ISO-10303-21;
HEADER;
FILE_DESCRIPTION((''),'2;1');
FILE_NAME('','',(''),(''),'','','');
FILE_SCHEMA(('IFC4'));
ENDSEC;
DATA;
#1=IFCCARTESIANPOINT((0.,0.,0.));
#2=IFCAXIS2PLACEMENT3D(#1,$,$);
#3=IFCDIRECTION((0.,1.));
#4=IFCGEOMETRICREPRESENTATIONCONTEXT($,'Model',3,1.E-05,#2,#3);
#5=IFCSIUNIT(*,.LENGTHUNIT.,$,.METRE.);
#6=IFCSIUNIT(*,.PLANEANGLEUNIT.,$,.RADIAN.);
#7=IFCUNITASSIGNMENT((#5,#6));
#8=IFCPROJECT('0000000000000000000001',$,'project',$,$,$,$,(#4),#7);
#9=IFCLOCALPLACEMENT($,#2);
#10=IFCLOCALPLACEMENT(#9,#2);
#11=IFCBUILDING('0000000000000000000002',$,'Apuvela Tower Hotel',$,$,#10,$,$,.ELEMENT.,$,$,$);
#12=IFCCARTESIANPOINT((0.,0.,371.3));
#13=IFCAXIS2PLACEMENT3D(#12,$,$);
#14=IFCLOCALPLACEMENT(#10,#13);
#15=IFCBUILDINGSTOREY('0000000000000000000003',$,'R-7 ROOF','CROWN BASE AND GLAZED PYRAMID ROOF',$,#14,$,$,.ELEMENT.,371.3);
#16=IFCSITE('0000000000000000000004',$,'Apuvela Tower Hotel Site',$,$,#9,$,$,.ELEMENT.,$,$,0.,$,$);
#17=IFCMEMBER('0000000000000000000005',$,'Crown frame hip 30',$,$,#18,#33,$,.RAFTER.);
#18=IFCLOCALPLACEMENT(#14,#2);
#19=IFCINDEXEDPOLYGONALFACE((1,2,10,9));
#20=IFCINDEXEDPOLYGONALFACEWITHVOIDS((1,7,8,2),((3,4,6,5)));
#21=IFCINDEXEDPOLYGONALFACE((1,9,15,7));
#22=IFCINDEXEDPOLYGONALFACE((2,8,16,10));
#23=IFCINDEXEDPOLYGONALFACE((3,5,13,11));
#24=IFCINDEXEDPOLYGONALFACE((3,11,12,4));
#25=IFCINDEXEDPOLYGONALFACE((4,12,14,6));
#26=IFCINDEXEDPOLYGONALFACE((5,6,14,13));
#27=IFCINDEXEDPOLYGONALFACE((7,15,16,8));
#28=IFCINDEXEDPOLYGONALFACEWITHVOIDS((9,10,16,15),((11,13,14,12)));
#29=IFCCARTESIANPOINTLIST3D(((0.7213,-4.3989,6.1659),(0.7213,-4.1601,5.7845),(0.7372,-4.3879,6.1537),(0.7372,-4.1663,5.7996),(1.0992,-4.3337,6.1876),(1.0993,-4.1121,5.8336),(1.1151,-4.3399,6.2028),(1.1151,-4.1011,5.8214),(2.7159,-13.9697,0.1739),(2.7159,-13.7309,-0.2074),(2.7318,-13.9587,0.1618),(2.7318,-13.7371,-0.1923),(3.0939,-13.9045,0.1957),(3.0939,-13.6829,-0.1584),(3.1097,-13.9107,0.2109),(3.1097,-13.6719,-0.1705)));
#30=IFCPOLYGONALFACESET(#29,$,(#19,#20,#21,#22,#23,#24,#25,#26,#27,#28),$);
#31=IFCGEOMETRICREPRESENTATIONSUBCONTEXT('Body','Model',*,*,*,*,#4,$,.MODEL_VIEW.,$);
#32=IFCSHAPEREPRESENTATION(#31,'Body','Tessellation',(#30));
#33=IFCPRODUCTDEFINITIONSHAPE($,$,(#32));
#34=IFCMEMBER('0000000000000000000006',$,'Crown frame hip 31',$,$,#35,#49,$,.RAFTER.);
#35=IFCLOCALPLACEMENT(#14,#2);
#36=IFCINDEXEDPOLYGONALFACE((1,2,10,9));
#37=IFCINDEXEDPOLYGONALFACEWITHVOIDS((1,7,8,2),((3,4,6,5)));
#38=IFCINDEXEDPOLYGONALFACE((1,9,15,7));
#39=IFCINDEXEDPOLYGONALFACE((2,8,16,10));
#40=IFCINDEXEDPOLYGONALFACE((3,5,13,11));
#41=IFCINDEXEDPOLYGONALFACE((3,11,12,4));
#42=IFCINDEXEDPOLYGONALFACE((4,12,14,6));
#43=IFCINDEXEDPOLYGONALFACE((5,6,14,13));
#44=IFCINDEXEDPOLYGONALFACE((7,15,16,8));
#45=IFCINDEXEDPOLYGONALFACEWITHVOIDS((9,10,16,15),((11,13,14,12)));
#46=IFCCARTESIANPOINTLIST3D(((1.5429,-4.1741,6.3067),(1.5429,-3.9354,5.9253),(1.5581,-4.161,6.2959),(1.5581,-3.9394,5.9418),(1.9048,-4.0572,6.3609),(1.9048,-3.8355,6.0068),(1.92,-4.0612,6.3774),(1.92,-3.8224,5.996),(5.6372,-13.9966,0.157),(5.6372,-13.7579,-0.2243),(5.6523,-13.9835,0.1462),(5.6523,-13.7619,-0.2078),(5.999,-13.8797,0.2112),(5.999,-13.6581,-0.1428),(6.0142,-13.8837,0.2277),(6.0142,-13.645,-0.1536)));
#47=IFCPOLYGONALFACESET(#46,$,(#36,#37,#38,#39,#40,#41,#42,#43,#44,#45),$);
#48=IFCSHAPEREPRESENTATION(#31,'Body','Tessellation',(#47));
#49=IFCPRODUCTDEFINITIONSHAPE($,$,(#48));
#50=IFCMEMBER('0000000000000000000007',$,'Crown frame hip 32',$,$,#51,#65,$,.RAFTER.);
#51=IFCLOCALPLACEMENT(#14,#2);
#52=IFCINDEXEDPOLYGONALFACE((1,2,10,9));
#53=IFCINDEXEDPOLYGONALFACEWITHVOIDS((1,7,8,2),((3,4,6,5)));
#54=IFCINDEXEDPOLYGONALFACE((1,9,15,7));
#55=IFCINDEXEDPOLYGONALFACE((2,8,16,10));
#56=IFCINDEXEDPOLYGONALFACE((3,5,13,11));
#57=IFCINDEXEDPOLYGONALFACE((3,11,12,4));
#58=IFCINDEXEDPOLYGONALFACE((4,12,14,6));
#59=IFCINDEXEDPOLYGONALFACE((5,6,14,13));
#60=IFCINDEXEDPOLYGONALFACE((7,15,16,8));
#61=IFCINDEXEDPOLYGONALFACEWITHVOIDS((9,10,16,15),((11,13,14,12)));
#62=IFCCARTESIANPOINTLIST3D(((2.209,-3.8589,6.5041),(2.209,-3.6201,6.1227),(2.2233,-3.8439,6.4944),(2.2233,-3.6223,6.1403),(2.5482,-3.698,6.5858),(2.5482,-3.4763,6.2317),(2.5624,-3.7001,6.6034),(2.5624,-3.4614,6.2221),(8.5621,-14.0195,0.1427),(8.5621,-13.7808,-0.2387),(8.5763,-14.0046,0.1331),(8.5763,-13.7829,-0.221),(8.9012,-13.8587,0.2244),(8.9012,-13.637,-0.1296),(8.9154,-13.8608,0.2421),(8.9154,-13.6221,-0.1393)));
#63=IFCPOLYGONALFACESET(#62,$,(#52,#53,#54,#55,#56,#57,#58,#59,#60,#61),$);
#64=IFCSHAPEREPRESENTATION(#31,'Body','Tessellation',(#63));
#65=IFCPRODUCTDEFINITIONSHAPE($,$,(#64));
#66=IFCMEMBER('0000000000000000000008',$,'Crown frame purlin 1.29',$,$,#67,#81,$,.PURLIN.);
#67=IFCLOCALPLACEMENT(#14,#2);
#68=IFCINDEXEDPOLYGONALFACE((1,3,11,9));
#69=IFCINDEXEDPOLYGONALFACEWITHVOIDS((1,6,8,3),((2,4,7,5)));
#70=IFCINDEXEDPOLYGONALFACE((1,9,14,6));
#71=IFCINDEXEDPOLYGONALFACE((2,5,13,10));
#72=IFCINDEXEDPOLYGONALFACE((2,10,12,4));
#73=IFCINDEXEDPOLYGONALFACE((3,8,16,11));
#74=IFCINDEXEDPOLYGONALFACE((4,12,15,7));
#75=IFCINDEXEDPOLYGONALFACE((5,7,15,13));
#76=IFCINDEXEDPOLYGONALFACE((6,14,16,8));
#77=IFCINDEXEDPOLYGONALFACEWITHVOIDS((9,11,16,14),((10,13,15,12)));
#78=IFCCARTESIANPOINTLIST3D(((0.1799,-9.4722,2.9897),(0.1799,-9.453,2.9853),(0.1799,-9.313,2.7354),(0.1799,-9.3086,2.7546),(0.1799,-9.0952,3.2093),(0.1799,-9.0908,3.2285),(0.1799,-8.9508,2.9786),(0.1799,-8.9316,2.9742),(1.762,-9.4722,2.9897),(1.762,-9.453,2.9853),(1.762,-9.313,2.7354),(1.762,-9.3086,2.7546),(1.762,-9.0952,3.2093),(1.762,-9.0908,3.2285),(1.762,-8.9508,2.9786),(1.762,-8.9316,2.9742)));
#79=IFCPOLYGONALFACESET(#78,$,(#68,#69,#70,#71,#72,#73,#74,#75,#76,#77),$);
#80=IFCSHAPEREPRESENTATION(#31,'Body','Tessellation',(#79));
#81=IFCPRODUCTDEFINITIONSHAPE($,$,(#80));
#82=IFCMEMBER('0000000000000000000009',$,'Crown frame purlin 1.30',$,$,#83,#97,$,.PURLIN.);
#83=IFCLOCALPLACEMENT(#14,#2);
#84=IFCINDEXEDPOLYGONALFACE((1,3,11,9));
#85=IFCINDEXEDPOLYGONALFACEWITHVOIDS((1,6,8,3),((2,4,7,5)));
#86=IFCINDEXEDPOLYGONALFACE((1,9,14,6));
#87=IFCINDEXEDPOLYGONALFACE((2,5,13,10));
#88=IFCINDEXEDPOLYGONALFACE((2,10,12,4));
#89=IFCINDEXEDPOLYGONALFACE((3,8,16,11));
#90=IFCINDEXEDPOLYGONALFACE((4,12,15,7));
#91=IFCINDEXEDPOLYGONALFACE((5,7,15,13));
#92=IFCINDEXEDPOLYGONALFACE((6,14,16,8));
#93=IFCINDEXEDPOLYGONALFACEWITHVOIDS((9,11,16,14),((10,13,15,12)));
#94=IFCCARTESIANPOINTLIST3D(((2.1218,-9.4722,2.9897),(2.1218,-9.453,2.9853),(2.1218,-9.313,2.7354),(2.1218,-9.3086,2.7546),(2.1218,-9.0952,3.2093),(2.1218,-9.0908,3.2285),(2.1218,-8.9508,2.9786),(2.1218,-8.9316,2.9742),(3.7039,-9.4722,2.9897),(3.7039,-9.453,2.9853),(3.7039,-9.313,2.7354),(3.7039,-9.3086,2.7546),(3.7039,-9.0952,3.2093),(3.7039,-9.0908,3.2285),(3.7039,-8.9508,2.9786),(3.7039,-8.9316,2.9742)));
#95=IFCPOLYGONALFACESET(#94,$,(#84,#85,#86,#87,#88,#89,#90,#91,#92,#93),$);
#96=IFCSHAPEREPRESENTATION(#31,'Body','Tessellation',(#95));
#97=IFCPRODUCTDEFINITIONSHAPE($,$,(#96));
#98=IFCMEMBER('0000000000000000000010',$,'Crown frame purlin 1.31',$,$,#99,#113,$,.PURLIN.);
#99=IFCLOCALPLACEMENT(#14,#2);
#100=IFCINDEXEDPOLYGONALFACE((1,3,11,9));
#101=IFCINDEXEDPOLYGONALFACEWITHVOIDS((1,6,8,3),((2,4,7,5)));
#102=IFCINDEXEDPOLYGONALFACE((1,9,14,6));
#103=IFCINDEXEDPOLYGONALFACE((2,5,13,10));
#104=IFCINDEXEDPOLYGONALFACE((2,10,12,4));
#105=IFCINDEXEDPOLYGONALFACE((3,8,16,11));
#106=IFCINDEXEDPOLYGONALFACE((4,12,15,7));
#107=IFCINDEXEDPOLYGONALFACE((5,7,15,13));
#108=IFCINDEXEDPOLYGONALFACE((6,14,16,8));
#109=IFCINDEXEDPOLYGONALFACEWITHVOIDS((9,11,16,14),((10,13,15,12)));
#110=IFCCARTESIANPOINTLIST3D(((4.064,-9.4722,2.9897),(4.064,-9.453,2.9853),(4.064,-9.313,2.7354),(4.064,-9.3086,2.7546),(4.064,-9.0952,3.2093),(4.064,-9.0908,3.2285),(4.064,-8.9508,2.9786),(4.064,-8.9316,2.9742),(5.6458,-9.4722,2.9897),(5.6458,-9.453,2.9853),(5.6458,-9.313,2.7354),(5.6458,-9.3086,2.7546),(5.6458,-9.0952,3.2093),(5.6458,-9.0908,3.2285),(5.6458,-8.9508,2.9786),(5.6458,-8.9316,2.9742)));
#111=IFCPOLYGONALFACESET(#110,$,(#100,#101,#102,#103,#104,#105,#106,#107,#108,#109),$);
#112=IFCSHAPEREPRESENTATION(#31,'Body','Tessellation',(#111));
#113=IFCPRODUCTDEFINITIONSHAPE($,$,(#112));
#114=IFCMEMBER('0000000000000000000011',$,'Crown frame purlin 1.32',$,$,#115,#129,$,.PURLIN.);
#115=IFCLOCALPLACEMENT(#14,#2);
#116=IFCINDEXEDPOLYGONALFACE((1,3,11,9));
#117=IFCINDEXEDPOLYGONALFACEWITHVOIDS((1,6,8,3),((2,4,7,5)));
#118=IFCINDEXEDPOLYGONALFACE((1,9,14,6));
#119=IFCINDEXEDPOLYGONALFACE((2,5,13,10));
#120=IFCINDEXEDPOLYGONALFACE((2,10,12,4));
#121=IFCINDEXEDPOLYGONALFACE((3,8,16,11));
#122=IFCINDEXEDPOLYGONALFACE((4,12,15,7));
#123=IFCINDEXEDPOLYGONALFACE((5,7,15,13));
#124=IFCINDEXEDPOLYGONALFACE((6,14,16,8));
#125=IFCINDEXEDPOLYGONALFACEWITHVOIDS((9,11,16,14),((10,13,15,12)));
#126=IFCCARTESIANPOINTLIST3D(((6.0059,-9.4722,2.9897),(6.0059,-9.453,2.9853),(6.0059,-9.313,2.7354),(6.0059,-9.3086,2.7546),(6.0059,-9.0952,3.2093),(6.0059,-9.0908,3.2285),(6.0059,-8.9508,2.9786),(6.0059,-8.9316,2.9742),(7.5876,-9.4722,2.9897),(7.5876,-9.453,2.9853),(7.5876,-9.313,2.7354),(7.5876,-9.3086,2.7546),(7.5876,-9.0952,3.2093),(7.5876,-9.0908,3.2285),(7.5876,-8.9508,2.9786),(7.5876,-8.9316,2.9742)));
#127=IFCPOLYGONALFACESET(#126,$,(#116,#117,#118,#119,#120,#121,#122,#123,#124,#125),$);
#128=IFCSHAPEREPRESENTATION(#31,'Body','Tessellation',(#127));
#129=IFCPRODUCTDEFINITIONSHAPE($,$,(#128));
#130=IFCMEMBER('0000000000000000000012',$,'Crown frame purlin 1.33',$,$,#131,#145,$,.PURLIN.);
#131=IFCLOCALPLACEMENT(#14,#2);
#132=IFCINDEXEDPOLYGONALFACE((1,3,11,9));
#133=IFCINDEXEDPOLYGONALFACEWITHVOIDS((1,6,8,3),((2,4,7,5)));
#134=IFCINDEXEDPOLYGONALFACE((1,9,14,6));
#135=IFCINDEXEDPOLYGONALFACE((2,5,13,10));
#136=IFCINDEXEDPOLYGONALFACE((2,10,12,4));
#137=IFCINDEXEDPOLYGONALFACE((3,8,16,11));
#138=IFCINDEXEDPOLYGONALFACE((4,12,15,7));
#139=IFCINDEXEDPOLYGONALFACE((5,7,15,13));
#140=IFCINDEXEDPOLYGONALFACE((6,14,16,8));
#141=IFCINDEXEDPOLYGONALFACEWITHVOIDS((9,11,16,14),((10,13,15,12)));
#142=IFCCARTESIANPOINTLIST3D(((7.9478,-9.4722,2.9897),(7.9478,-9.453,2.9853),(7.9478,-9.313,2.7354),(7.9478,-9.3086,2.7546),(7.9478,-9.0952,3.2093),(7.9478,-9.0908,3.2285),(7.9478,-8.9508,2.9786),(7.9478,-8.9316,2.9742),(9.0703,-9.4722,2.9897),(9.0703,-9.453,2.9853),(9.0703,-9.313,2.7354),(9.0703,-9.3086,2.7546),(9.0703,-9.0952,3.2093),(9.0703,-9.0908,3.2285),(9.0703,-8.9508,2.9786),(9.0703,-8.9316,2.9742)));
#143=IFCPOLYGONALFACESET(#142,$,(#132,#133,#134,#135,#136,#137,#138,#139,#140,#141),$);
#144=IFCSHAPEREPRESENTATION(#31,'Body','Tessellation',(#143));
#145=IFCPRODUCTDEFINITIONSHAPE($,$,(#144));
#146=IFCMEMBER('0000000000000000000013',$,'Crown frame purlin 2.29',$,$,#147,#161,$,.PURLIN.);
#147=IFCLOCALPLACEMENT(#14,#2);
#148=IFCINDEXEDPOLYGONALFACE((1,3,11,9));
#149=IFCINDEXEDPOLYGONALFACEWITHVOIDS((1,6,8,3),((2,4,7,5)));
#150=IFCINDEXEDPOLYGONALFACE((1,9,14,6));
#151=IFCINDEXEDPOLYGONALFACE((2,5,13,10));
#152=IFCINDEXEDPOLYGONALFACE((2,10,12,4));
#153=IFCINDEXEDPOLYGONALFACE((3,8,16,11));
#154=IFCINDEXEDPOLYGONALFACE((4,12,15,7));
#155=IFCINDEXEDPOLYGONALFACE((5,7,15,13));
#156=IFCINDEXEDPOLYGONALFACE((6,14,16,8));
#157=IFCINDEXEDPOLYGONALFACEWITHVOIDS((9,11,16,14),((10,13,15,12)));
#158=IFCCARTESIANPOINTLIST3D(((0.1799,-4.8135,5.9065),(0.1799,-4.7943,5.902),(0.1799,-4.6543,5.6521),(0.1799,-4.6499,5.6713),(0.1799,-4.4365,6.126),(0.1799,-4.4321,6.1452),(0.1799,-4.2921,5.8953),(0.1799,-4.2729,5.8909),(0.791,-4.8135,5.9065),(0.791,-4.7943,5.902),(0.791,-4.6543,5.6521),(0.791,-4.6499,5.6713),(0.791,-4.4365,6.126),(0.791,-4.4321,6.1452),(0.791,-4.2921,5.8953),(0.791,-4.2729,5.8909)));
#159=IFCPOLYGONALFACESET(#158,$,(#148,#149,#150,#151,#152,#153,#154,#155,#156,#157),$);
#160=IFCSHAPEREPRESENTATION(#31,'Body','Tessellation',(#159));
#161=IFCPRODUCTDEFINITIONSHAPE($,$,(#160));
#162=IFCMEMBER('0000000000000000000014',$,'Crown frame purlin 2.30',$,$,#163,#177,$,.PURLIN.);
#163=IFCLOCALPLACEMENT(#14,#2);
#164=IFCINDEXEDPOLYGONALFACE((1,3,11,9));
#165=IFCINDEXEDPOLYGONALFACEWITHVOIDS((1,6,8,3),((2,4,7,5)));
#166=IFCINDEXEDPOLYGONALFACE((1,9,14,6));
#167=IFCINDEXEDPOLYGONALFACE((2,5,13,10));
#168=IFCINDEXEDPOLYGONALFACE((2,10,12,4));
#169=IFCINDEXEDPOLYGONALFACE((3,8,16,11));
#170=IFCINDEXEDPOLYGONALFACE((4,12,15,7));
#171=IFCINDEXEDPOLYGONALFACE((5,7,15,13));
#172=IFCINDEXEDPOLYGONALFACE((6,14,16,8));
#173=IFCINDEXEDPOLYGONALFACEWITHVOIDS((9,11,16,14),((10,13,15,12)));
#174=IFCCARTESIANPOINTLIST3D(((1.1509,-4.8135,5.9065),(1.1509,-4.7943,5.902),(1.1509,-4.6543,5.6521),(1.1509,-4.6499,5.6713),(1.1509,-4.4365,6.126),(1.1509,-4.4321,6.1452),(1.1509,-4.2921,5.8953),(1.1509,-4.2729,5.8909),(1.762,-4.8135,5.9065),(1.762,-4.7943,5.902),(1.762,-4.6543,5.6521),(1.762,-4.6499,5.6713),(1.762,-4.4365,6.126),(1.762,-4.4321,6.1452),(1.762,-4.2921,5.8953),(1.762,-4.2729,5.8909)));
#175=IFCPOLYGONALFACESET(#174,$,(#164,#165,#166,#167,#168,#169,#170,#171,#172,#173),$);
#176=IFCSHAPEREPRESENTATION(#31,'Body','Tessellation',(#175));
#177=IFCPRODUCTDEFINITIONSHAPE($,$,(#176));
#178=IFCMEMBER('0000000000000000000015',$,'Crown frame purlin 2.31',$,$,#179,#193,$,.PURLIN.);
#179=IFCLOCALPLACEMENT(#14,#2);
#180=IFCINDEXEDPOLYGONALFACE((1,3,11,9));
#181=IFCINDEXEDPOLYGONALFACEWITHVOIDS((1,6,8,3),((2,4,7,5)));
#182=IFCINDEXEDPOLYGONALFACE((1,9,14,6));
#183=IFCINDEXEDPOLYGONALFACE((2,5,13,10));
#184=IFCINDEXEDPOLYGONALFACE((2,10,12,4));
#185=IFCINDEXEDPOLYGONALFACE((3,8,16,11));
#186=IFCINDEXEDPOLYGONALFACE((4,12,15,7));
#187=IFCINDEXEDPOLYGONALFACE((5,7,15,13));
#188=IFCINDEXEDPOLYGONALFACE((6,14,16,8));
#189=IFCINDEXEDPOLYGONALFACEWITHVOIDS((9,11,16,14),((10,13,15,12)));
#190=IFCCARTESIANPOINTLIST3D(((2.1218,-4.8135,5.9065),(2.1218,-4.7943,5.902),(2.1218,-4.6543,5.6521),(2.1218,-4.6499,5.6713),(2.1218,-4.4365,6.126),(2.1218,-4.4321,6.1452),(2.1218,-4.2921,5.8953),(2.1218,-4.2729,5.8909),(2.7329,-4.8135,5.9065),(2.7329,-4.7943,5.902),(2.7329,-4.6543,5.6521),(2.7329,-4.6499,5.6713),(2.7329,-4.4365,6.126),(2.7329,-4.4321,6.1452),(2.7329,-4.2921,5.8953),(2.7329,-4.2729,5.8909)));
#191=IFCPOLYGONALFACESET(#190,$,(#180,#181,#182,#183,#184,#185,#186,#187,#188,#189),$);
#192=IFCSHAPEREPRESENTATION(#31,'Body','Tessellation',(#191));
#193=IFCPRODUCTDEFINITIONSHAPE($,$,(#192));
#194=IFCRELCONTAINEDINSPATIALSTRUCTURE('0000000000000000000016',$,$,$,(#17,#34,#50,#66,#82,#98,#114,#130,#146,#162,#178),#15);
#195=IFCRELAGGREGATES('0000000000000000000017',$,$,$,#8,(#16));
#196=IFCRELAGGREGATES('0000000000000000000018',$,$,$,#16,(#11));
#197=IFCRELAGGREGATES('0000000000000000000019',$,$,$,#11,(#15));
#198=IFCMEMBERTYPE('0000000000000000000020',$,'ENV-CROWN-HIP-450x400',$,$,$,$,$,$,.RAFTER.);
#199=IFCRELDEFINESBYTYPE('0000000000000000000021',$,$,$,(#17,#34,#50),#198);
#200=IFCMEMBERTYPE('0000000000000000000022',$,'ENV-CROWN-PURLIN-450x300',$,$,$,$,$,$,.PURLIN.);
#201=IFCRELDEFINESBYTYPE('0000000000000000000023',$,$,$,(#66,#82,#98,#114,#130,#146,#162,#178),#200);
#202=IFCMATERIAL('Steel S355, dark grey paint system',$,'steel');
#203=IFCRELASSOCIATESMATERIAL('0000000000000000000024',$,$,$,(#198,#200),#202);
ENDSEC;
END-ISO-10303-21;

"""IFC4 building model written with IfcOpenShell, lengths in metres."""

from ifc_helpers import new_model, si_unit, direction, frame, origin, origin_2d, place, context, subcontext, project, spatial, hollow_rectangle, extrude, material, material_profile, profile_set, type_object, element, save


model = new_model("IFC4")

# Units and contexts
model_context = context("Model", 3, precision=1e-05, world=origin(), true_north=direction((0.0, 1.0)))
body_context = subcontext(model_context, "Body", "Model", "MODEL_VIEW")
ifc_project = project(units=[si_unit("LENGTHUNIT", "METRE"), si_unit("PLANEANGLEUNIT", "RADIAN")], contexts=[model_context])

# Site, building, storey
site_placement = place(None, origin())
site = spatial("IfcSite", under=ifc_project, at=site_placement, Name="Apuvela Tower Hotel Site", CompositionType="ELEMENT", RefElevation=0.0)
building_placement = place(site_placement, origin())
building = spatial("IfcBuilding", under=site, at=building_placement, Name="Apuvela Tower Hotel", CompositionType="ELEMENT")
storey_placement = place(building_placement, frame((0.0, 0.0, 371.3)))
storey = spatial("IfcBuildingStorey", under=building, at=storey_placement, Name="R-7 ROOF", Description="CROWN BASE AND GLAZED PYRAMID ROOF", CompositionType="ELEMENT", Elevation=371.3)

# Members
ifc_material_1 = material(Name="Steel S355, dark grey paint system", Category="steel")
ifc_material_profile_1 = material_profile(ifc_material_1, hollow_rectangle(XDim=0.3999, YDim=0.45, WallThickness=0.0161, at=origin_2d()), Name="HSS 450x400x16")
ifc_profile_set_1 = profile_set([ifc_material_profile_1], Name="Steel S355, dark grey paint system")
member_type_1 = type_object("IfcMemberType", Name="ENV-CROWN-HIP-450x400", PredefinedType="RAFTER", material=ifc_profile_set_1)
member_1_placement = place(storey_placement, frame((2.9128, -13.8208, 0.0017), z_axis=(-0.173952, 0.83467, 0.522558), x_axis=(-0.984754, -0.147437, -0.092311)))
element("IfcMember", 1, at=member_1_placement, inside=storey, type_object=member_type_1, Name="Crown frame hip 30", PredefinedType="RAFTER", context=body_context, shape_type="SweptSolid", body=[
    extrude(hollow_rectangle(XDim=0.3999, YDim=0.45, WallThickness=0.0161, at=origin_2d()), origin(), (0.0, 0.0, 1.0), 11.4666),
])
member_2_placement = place(storey_placement, frame((5.8257, -13.8208, 0.0017), z_axis=(-0.333115, 0.799178, 0.500348), x_axis=(-0.942886, -0.282343, -0.176772)))
element("IfcMember", 2, at=member_2_placement, inside=storey, type_object=member_type_1, Name="Crown frame hip 31", PredefinedType="RAFTER", context=body_context, shape_type="SweptSolid", body=[
    extrude(hollow_rectangle(XDim=0.3999, YDim=0.45, WallThickness=0.0161, at=origin_2d()), origin(), (0.0, 0.0, 1.0), 12.2908),
])
member_3_placement = place(storey_placement, frame((8.7388, -13.8208, 0.0017), z_axis=(-0.468267, 0.748918, 0.468879), x_axis=(-0.883587, -0.3969, -0.248484)))
element("IfcMember", 3, at=member_3_placement, inside=storey, type_object=member_type_1, Name="Crown frame hip 32", PredefinedType="RAFTER", context=body_context, shape_type="SweptSolid", body=[
    extrude(hollow_rectangle(XDim=0.3999, YDim=0.45, WallThickness=0.0161, at=origin_2d()), origin(), (0.0, 0.0, 1.0), 13.5671),
])
ifc_material_profile_2 = material_profile(ifc_material_1, hollow_rectangle(XDim=0.45, YDim=0.3, WallThickness=0.0139, at=origin_2d()), Name="HSS 450x300x14")
ifc_profile_set_2 = profile_set([ifc_material_profile_2], Name="Steel S355, dark grey paint system")
member_type_2 = type_object("IfcMemberType", Name="ENV-CROWN-PURLIN-450x300", PredefinedType="PURLIN", material=ifc_profile_set_2)
for number, where, z_axis, x_axis, name in (
    (4, (0.1799, -9.2019, 2.9819), (1.0, 0.0, 0.0), (0.0, 0.847593, 0.530647), "Crown frame purlin 1.29"),
    (5, (2.1218, -9.2019, 2.9819), (1.0, 0.0, 0.0), (0.0, 0.847593, 0.530647), "Crown frame purlin 1.30"),
):
    element("IfcMember", number, at=place(storey_placement, frame(where, z_axis=z_axis, x_axis=x_axis)), inside=storey, type_object=member_type_2, Name=name, PredefinedType="PURLIN", context=body_context, shape_type="SweptSolid", body=[
        extrude(hollow_rectangle(XDim=0.45, YDim=0.3, WallThickness=0.0139, at=origin_2d()), origin(), (0.0, 0.0, 1.0), 1.582),
    ])
for number, where, z_axis, x_axis, name in (
    (6, (4.064, -9.2019, 2.9819), (1.0, 0.0, 0.0), (0.0, 0.847593, 0.530647), "Crown frame purlin 1.31"),
    (7, (6.0059, -9.2019, 2.9819), (1.0, 0.0, 0.0), (0.0, 0.847593, 0.530647), "Crown frame purlin 1.32"),
):
    element("IfcMember", number, at=place(storey_placement, frame(where, z_axis=z_axis, x_axis=x_axis)), inside=storey, type_object=member_type_2, Name=name, PredefinedType="PURLIN", context=body_context, shape_type="SweptSolid", body=[
        extrude(hollow_rectangle(XDim=0.45, YDim=0.3, WallThickness=0.0139, at=origin_2d()), origin(), (0.0, 0.0, 1.0), 1.5818),
    ])
member_4_placement = place(storey_placement, frame((7.9478, -9.2019, 2.9819), z_axis=(1.0, 0.0, 0.0), x_axis=(0.0, 0.847593, 0.530647)))
element("IfcMember", 8, at=member_4_placement, inside=storey, type_object=member_type_2, Name="Crown frame purlin 1.33", PredefinedType="PURLIN", context=body_context, shape_type="SweptSolid", body=[
    extrude(hollow_rectangle(XDim=0.45, YDim=0.3, WallThickness=0.0139, at=origin_2d()), origin(), (0.0, 0.0, 1.0), 1.1226),
])
for number, where, z_axis, x_axis, name in (
    (9, (0.1799, -4.5432, 5.8987), (1.0, 0.0, 0.0), (0.0, 0.847593, 0.530647), "Crown frame purlin 2.29"),
    (10, (1.1509, -4.5432, 5.8987), (1.0, 0.0, 0.0), (0.0, 0.847593, 0.530647), "Crown frame purlin 2.30"),
    (11, (2.1218, -4.5432, 5.8987), (1.0, 0.0, 0.0), (0.0, 0.847593, 0.530647), "Crown frame purlin 2.31"),
):
    element("IfcMember", number, at=place(storey_placement, frame(where, z_axis=z_axis, x_axis=x_axis)), inside=storey, type_object=member_type_2, Name=name, PredefinedType="PURLIN", context=body_context, shape_type="SweptSolid", body=[
        extrude(hollow_rectangle(XDim=0.45, YDim=0.3, WallThickness=0.0139, at=origin_2d()), origin(), (0.0, 0.0, 1.0), 0.6111),
    ])

save(model, "model.ifc")
